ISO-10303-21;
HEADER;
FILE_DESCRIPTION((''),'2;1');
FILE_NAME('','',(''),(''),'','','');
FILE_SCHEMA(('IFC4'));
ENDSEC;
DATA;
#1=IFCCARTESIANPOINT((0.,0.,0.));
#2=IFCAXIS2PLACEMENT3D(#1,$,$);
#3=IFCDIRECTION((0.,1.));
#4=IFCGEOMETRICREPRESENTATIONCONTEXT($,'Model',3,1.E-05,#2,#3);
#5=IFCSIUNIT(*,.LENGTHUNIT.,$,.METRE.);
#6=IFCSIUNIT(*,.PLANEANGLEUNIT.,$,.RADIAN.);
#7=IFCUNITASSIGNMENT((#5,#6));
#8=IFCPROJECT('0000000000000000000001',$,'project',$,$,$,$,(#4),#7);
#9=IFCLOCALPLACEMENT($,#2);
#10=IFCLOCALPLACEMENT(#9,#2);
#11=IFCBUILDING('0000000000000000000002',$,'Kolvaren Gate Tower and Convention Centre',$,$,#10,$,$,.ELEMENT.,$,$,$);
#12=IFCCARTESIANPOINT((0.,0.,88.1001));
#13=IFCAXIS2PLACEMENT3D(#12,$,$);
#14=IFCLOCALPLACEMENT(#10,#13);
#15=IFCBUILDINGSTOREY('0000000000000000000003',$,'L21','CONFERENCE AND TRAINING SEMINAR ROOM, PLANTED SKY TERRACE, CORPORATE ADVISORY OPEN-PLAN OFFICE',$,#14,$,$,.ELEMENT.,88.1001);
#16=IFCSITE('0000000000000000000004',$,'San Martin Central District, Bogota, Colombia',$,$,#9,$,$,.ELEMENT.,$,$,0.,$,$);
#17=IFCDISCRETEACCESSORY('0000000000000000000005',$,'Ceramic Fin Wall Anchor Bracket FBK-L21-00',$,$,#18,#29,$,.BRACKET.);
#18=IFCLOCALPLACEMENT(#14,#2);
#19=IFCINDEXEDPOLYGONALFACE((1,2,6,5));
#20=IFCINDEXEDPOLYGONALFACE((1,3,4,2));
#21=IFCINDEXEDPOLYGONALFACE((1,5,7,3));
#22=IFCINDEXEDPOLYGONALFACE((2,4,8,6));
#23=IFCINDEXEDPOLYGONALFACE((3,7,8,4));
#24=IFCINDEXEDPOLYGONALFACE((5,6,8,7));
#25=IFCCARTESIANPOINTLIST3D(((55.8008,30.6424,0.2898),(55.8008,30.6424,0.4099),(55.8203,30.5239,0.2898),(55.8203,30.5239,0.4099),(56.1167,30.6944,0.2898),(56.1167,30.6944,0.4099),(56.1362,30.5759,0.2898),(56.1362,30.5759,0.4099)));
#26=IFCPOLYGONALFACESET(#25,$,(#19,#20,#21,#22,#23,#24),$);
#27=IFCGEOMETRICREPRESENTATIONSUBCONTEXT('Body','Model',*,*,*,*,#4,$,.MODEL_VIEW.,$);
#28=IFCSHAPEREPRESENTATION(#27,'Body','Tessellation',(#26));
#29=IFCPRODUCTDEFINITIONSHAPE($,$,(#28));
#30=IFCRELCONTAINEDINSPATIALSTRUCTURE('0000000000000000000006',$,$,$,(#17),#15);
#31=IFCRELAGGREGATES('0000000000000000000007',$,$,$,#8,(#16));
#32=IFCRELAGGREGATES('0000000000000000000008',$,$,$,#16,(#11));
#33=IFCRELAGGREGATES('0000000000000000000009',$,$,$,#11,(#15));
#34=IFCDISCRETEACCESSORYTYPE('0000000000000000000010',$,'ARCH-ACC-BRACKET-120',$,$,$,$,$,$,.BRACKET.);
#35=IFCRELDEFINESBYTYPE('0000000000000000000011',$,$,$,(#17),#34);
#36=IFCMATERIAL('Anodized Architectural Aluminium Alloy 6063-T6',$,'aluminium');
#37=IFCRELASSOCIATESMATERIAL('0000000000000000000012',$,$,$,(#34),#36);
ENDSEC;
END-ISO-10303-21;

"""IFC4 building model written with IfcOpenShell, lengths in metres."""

from ifc_helpers import new_model, si_unit, direction, frame, origin, origin_2d, place, context, subcontext, project, spatial, rectangle, extrude, material, type_object, element, save


model = new_model("IFC4")

# Units and contexts
model_context = context("Model", 3, precision=1e-05, world=origin(), true_north=direction((0.0, 1.0)))
body_context = subcontext(model_context, "Body", "Model", "MODEL_VIEW")
ifc_project = project(units=[si_unit("LENGTHUNIT", "METRE"), si_unit("PLANEANGLEUNIT", "RADIAN")], contexts=[model_context])

# Site, building, storey
site_placement = place(None, origin())
site = spatial("IfcSite", under=ifc_project, at=site_placement, Name="San Martin Central District, Bogota, Colombia", CompositionType="ELEMENT", RefElevation=0.0)
building_placement = place(site_placement, origin())
building = spatial("IfcBuilding", under=site, at=building_placement, Name="Kolvaren Gate Tower and Convention Centre", CompositionType="ELEMENT")
storey_placement = place(building_placement, frame((0.0, 0.0, 88.1001)))
storey = spatial("IfcBuildingStorey", under=building, at=storey_placement, Name="L21", Description="CONFERENCE AND TRAINING SEMINAR ROOM, PLANTED SKY TERRACE, CORPORATE ADVISORY OPEN-PLAN OFFICE", CompositionType="ELEMENT", Elevation=88.1001)

# Discrete accessory
ifc_material_1 = material(Name="Anodized Architectural Aluminium Alloy 6063-T6", Category="aluminium")
discrete_accessory_type = type_object("IfcDiscreteAccessoryType", Name="ARCH-ACC-BRACKET-120", PredefinedType="BRACKET", material=ifc_material_1)
discrete_accessory_placement = place(storey_placement, frame((55.9685, 30.6091, 0.2898), z_axis=(0.0, 0.0, 1.0), x_axis=(0.162375, -0.986729, 0.0)))
element("IfcDiscreteAccessory", 1, at=discrete_accessory_placement, inside=storey, type_object=discrete_accessory_type, Name="Ceramic Fin Wall Anchor Bracket FBK-L21-00", PredefinedType="BRACKET", context=body_context, shape_type="SweptSolid", body=[
    extrude(rectangle(XDim=0.1201, YDim=0.3201, at=origin_2d()), origin(), (0.0, 0.0, 1.0), 0.1201),
])

save(model, "model.ifc")
